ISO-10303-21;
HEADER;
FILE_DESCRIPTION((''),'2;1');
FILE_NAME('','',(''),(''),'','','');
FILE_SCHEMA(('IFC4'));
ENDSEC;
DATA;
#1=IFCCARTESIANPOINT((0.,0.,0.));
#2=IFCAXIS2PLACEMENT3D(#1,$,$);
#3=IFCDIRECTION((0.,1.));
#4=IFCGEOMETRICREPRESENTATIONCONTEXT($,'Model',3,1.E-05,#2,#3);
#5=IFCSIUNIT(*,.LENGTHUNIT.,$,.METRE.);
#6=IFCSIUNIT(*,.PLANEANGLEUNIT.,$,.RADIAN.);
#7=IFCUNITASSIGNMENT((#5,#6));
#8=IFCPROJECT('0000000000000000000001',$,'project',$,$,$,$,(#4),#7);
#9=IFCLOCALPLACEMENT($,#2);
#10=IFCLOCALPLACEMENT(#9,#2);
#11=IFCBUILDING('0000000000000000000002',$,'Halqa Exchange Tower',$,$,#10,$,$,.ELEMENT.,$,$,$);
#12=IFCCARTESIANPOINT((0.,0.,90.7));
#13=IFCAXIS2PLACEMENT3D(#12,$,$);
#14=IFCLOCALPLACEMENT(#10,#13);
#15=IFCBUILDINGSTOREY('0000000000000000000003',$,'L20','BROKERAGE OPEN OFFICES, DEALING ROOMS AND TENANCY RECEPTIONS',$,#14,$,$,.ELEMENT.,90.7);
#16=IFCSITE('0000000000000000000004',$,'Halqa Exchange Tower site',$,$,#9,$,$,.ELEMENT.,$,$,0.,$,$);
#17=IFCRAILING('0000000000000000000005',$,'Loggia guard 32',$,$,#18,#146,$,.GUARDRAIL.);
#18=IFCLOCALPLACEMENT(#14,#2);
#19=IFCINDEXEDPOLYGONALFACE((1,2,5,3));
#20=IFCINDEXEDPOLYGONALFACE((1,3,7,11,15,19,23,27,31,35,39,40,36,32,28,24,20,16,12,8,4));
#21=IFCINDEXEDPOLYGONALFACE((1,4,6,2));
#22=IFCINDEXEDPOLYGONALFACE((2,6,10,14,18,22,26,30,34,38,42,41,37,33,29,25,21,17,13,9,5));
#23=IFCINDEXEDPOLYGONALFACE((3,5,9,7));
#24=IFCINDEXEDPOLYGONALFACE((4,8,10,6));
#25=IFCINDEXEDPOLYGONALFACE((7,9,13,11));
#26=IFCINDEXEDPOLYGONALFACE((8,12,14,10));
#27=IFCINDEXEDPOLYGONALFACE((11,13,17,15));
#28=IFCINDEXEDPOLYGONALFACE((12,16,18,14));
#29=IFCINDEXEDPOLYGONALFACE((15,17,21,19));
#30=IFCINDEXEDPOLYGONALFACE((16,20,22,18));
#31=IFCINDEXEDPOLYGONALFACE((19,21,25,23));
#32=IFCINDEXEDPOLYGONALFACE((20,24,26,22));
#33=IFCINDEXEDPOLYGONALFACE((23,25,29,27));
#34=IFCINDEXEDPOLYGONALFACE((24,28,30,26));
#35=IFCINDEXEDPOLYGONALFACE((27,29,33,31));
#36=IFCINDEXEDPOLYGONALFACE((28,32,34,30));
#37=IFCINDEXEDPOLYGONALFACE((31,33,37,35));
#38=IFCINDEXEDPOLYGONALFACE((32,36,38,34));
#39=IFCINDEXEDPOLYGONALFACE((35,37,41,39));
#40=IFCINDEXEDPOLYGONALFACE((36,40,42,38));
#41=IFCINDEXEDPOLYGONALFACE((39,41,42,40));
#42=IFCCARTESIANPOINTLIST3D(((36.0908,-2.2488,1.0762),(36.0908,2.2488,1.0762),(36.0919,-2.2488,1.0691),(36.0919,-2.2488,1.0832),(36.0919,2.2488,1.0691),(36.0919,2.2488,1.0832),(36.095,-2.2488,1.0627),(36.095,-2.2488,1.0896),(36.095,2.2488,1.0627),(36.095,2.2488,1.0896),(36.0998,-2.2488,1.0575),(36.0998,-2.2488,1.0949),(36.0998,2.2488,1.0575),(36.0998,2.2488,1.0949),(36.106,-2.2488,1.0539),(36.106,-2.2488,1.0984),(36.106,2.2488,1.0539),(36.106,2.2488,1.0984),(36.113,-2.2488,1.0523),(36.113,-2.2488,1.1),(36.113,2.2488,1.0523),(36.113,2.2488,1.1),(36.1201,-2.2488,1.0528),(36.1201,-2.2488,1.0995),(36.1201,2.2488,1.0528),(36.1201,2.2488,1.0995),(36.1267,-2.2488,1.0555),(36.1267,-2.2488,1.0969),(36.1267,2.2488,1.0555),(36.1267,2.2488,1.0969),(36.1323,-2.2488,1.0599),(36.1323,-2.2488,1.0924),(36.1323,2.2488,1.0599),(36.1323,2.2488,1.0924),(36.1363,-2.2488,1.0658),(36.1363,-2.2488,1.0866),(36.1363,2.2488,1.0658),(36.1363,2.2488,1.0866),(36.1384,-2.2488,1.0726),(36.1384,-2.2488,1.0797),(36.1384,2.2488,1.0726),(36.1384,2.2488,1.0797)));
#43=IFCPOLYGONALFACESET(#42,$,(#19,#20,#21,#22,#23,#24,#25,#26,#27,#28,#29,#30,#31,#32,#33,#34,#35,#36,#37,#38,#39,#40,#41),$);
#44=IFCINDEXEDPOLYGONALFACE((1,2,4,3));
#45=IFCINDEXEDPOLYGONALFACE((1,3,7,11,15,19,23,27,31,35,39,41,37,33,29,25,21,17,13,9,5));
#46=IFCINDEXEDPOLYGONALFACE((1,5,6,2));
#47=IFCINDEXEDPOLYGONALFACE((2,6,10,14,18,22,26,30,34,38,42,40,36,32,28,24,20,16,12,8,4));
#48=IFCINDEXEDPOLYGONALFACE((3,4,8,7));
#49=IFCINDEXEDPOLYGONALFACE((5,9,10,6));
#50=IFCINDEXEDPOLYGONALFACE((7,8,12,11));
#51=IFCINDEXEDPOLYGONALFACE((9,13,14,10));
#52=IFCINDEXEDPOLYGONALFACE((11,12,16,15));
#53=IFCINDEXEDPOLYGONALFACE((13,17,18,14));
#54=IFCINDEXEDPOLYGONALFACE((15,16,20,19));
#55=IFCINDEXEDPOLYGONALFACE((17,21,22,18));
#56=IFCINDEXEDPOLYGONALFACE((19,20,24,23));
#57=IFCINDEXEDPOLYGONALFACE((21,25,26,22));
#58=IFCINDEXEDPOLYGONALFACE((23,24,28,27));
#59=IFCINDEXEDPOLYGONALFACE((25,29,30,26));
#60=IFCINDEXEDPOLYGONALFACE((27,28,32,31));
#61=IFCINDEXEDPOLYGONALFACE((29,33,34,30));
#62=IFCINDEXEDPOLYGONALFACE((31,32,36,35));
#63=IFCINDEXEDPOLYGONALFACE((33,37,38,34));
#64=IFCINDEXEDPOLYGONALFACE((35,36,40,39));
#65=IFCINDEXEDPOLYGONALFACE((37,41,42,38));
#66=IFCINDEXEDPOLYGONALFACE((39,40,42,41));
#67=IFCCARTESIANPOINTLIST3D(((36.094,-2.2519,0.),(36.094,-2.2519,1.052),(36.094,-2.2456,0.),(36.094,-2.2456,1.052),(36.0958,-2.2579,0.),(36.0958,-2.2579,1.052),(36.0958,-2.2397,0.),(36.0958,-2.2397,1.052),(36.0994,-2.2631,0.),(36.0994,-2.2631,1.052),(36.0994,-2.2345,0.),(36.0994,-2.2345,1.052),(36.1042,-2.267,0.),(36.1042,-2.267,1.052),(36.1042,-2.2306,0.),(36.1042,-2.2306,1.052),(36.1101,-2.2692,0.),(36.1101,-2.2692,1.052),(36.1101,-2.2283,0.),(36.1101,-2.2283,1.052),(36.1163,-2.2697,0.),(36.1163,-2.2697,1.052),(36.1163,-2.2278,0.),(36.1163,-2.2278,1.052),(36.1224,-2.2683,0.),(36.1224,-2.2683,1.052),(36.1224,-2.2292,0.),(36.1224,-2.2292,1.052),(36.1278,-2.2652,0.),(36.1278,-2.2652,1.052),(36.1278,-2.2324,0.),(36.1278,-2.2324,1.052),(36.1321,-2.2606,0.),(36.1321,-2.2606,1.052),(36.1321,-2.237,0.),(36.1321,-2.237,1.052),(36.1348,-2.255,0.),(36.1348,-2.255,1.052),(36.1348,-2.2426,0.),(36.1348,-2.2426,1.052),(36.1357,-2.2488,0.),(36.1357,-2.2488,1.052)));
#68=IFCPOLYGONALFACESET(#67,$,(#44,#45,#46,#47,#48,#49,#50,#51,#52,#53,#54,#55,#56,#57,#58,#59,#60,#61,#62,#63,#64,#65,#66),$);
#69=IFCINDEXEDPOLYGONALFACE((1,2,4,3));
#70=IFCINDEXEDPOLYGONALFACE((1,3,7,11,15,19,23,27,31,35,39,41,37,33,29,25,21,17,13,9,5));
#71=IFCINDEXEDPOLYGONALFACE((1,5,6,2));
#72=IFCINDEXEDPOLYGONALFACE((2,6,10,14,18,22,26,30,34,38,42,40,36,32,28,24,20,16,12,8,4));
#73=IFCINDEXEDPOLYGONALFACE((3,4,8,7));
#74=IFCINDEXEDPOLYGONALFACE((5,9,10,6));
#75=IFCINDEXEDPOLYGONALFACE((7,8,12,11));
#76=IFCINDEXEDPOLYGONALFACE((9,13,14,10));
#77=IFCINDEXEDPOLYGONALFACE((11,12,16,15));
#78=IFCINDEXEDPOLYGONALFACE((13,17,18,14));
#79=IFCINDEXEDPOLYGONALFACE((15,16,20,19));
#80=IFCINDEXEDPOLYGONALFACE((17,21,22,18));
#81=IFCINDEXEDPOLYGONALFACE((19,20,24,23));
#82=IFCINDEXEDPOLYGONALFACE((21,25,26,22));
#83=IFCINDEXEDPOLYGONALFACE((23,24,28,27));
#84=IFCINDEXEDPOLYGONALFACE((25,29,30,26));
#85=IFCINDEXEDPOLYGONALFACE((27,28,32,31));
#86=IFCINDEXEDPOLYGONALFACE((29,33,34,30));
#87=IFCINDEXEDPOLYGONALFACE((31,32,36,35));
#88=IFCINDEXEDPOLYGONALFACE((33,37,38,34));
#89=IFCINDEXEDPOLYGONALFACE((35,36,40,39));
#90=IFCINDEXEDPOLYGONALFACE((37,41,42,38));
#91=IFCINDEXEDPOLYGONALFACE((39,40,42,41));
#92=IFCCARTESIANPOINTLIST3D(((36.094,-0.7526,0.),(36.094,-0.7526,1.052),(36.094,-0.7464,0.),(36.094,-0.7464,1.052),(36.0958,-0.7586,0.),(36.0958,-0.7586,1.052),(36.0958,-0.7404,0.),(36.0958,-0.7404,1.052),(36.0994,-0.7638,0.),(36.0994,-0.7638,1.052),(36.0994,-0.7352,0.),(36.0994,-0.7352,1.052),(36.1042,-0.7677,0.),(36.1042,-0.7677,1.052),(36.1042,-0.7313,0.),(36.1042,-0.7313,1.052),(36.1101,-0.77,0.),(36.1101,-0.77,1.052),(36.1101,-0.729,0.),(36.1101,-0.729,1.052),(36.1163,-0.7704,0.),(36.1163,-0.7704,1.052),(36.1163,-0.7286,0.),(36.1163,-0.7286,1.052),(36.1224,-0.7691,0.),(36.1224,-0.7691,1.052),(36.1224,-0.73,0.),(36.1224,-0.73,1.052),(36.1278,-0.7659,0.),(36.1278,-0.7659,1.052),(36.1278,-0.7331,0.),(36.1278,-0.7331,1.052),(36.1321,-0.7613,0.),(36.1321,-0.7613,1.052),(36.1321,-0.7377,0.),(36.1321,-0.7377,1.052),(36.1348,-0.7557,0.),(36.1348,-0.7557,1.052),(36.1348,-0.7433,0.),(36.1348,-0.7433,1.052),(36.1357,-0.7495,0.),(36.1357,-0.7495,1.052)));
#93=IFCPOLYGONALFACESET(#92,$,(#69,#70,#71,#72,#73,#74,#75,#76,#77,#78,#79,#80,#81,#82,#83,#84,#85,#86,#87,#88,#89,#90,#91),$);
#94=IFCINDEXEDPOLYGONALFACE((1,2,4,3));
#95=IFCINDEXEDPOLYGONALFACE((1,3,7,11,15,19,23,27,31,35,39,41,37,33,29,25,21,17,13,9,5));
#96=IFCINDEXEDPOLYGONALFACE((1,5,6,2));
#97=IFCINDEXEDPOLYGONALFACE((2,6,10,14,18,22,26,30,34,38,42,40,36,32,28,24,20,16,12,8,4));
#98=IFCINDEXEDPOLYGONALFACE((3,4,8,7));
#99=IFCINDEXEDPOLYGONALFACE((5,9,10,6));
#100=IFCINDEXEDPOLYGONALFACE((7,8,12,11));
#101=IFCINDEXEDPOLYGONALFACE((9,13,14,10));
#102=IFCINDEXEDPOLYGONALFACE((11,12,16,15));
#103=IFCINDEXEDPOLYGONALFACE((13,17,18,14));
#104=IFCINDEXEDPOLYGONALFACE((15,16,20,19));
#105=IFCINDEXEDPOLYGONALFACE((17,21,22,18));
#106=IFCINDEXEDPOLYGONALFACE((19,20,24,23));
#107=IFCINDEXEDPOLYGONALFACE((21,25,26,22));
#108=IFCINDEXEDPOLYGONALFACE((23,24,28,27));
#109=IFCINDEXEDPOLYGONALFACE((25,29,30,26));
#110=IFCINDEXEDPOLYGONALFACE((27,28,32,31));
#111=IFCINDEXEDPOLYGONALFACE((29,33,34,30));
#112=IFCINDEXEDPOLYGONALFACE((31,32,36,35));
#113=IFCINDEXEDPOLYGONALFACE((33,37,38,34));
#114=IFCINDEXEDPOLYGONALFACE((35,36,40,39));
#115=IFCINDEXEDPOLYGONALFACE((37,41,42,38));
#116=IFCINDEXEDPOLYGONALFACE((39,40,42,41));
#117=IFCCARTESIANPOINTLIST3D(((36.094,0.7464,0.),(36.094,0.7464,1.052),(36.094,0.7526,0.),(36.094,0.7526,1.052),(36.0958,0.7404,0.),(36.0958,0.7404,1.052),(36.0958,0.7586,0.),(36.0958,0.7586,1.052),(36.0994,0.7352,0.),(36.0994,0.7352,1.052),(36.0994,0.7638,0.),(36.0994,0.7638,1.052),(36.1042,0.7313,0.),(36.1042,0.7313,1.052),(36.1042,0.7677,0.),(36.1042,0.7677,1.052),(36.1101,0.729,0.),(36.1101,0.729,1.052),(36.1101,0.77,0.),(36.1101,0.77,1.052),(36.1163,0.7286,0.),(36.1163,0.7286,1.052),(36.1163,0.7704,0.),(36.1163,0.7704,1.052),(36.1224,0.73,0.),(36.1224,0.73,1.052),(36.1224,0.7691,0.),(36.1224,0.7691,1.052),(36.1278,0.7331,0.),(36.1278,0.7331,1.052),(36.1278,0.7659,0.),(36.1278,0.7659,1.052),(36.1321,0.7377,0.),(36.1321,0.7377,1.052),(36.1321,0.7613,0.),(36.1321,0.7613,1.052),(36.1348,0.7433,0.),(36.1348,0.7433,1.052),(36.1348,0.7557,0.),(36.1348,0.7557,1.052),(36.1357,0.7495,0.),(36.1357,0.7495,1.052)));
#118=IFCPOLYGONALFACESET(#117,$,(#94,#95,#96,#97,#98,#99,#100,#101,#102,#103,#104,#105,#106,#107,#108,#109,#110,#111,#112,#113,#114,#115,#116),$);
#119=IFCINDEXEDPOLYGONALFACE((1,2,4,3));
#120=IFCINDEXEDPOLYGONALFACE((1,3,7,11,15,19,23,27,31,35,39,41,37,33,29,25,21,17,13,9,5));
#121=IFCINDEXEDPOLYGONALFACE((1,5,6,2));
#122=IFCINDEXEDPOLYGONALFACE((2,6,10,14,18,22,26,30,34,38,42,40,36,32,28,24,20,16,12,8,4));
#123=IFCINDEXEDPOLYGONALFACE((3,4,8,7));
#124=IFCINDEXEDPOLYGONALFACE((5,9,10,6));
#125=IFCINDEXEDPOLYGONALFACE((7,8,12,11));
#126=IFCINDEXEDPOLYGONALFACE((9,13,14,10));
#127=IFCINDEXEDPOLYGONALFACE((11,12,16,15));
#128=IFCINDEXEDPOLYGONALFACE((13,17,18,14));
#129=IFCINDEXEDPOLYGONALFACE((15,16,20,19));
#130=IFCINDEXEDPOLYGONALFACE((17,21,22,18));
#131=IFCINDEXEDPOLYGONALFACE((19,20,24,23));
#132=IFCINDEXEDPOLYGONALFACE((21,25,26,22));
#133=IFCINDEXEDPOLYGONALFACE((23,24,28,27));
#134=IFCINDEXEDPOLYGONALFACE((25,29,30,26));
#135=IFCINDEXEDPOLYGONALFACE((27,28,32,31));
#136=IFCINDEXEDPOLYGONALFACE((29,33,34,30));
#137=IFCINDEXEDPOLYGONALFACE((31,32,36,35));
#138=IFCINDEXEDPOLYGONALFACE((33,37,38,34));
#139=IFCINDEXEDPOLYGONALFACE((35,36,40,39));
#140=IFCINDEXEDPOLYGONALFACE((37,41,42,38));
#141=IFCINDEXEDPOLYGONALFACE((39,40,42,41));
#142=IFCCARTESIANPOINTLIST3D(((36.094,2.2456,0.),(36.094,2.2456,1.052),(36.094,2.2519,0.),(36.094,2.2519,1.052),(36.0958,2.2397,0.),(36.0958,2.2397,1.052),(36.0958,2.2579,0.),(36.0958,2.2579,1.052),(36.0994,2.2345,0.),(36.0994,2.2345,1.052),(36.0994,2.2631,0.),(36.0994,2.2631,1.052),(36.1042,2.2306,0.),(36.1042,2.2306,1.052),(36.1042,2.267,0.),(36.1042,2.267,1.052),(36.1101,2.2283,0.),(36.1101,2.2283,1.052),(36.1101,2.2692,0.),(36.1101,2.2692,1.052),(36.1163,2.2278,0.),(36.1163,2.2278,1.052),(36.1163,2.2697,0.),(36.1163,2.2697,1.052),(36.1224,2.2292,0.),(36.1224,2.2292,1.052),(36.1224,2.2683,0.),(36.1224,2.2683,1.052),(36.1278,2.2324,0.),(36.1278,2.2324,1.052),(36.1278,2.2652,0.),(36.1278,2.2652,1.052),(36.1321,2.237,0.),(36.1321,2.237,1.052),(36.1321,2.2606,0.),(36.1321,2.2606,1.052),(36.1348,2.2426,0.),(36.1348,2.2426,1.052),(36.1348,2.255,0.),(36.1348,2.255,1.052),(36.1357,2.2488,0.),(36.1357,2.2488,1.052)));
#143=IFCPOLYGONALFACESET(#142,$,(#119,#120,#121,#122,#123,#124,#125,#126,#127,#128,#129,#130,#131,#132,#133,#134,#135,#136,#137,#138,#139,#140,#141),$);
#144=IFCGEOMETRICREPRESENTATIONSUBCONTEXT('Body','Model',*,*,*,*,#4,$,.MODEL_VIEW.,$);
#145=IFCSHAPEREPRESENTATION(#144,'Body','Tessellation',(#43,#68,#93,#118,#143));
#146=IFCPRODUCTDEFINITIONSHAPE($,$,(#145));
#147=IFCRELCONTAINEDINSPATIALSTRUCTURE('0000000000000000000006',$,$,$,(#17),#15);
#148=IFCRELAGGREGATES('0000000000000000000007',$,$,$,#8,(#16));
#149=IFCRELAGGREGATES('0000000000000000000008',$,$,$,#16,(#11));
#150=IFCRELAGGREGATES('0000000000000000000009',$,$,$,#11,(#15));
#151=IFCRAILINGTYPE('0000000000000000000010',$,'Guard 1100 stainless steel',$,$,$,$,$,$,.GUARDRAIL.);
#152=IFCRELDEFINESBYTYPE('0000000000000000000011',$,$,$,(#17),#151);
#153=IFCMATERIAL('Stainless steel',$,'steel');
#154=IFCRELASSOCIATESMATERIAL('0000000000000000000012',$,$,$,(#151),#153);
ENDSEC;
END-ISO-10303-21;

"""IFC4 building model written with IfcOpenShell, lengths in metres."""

from ifc_helpers import new_model, si_unit, direction, frame, origin, origin_2d, place, context, subcontext, project, spatial, circle, extrude, material, type_object, element, save


model = new_model("IFC4")

# Units and contexts
model_context = context("Model", 3, precision=1e-05, world=origin(), true_north=direction((0.0, 1.0)))
body_context = subcontext(model_context, "Body", "Model", "MODEL_VIEW")
ifc_project = project(units=[si_unit("LENGTHUNIT", "METRE"), si_unit("PLANEANGLEUNIT", "RADIAN")], contexts=[model_context])

# Site, building, storey
site_placement = place(None, origin())
site = spatial("IfcSite", under=ifc_project, at=site_placement, Name="Halqa Exchange Tower site", CompositionType="ELEMENT", RefElevation=0.0)
building_placement = place(site_placement, origin())
building = spatial("IfcBuilding", under=site, at=building_placement, Name="Halqa Exchange Tower", CompositionType="ELEMENT")
storey_placement = place(building_placement, frame((0.0, 0.0, 90.7)))
storey = spatial("IfcBuildingStorey", under=building, at=storey_placement, Name="L20", Description="BROKERAGE OPEN OFFICES, DEALING ROOMS AND TENANCY RECEPTIONS", CompositionType="ELEMENT", Elevation=90.7)

# Railing
ifc_material_1 = material(Name="Stainless steel", Category="steel")
railing_type = type_object("IfcRailingType", Name="Guard 1100 stainless steel", PredefinedType="GUARDRAIL", material=ifc_material_1)
railing_1_placement = place(storey_placement, frame((36.1147, -2.2488, 0.0)))
element("IfcRailing", 1, at=railing_1_placement, inside=storey, type_object=railing_type, Name="Loggia guard 32", PredefinedType="GUARDRAIL", context=body_context, shape_type="SweptSolid", body=[
    extrude(circle(Radius=0.0239, at=origin_2d()), frame((0.0, 0.0, 1.0762), z_axis=(0.0, 1.0, 0.0), x_axis=(-1.0, 0.0, 0.0)), (0.0, 0.0, 1.0), 4.4976),
    extrude(circle(Radius=0.021, at=origin_2d()), origin(), (0.0, 0.0, 1.0), 1.052),
    extrude(circle(Radius=0.021, at=origin_2d()), frame((0.0, 1.4993, 0.0)), (0.0, 0.0, 1.0), 1.052),
    extrude(circle(Radius=0.021, at=origin_2d()), frame((0.0, 2.9983, 0.0)), (0.0, 0.0, 1.0), 1.052),
    extrude(circle(Radius=0.021, at=origin_2d()), frame((0.0, 4.4976, 0.0)), (0.0, 0.0, 1.0), 1.052),
])

save(model, "model.ifc")
